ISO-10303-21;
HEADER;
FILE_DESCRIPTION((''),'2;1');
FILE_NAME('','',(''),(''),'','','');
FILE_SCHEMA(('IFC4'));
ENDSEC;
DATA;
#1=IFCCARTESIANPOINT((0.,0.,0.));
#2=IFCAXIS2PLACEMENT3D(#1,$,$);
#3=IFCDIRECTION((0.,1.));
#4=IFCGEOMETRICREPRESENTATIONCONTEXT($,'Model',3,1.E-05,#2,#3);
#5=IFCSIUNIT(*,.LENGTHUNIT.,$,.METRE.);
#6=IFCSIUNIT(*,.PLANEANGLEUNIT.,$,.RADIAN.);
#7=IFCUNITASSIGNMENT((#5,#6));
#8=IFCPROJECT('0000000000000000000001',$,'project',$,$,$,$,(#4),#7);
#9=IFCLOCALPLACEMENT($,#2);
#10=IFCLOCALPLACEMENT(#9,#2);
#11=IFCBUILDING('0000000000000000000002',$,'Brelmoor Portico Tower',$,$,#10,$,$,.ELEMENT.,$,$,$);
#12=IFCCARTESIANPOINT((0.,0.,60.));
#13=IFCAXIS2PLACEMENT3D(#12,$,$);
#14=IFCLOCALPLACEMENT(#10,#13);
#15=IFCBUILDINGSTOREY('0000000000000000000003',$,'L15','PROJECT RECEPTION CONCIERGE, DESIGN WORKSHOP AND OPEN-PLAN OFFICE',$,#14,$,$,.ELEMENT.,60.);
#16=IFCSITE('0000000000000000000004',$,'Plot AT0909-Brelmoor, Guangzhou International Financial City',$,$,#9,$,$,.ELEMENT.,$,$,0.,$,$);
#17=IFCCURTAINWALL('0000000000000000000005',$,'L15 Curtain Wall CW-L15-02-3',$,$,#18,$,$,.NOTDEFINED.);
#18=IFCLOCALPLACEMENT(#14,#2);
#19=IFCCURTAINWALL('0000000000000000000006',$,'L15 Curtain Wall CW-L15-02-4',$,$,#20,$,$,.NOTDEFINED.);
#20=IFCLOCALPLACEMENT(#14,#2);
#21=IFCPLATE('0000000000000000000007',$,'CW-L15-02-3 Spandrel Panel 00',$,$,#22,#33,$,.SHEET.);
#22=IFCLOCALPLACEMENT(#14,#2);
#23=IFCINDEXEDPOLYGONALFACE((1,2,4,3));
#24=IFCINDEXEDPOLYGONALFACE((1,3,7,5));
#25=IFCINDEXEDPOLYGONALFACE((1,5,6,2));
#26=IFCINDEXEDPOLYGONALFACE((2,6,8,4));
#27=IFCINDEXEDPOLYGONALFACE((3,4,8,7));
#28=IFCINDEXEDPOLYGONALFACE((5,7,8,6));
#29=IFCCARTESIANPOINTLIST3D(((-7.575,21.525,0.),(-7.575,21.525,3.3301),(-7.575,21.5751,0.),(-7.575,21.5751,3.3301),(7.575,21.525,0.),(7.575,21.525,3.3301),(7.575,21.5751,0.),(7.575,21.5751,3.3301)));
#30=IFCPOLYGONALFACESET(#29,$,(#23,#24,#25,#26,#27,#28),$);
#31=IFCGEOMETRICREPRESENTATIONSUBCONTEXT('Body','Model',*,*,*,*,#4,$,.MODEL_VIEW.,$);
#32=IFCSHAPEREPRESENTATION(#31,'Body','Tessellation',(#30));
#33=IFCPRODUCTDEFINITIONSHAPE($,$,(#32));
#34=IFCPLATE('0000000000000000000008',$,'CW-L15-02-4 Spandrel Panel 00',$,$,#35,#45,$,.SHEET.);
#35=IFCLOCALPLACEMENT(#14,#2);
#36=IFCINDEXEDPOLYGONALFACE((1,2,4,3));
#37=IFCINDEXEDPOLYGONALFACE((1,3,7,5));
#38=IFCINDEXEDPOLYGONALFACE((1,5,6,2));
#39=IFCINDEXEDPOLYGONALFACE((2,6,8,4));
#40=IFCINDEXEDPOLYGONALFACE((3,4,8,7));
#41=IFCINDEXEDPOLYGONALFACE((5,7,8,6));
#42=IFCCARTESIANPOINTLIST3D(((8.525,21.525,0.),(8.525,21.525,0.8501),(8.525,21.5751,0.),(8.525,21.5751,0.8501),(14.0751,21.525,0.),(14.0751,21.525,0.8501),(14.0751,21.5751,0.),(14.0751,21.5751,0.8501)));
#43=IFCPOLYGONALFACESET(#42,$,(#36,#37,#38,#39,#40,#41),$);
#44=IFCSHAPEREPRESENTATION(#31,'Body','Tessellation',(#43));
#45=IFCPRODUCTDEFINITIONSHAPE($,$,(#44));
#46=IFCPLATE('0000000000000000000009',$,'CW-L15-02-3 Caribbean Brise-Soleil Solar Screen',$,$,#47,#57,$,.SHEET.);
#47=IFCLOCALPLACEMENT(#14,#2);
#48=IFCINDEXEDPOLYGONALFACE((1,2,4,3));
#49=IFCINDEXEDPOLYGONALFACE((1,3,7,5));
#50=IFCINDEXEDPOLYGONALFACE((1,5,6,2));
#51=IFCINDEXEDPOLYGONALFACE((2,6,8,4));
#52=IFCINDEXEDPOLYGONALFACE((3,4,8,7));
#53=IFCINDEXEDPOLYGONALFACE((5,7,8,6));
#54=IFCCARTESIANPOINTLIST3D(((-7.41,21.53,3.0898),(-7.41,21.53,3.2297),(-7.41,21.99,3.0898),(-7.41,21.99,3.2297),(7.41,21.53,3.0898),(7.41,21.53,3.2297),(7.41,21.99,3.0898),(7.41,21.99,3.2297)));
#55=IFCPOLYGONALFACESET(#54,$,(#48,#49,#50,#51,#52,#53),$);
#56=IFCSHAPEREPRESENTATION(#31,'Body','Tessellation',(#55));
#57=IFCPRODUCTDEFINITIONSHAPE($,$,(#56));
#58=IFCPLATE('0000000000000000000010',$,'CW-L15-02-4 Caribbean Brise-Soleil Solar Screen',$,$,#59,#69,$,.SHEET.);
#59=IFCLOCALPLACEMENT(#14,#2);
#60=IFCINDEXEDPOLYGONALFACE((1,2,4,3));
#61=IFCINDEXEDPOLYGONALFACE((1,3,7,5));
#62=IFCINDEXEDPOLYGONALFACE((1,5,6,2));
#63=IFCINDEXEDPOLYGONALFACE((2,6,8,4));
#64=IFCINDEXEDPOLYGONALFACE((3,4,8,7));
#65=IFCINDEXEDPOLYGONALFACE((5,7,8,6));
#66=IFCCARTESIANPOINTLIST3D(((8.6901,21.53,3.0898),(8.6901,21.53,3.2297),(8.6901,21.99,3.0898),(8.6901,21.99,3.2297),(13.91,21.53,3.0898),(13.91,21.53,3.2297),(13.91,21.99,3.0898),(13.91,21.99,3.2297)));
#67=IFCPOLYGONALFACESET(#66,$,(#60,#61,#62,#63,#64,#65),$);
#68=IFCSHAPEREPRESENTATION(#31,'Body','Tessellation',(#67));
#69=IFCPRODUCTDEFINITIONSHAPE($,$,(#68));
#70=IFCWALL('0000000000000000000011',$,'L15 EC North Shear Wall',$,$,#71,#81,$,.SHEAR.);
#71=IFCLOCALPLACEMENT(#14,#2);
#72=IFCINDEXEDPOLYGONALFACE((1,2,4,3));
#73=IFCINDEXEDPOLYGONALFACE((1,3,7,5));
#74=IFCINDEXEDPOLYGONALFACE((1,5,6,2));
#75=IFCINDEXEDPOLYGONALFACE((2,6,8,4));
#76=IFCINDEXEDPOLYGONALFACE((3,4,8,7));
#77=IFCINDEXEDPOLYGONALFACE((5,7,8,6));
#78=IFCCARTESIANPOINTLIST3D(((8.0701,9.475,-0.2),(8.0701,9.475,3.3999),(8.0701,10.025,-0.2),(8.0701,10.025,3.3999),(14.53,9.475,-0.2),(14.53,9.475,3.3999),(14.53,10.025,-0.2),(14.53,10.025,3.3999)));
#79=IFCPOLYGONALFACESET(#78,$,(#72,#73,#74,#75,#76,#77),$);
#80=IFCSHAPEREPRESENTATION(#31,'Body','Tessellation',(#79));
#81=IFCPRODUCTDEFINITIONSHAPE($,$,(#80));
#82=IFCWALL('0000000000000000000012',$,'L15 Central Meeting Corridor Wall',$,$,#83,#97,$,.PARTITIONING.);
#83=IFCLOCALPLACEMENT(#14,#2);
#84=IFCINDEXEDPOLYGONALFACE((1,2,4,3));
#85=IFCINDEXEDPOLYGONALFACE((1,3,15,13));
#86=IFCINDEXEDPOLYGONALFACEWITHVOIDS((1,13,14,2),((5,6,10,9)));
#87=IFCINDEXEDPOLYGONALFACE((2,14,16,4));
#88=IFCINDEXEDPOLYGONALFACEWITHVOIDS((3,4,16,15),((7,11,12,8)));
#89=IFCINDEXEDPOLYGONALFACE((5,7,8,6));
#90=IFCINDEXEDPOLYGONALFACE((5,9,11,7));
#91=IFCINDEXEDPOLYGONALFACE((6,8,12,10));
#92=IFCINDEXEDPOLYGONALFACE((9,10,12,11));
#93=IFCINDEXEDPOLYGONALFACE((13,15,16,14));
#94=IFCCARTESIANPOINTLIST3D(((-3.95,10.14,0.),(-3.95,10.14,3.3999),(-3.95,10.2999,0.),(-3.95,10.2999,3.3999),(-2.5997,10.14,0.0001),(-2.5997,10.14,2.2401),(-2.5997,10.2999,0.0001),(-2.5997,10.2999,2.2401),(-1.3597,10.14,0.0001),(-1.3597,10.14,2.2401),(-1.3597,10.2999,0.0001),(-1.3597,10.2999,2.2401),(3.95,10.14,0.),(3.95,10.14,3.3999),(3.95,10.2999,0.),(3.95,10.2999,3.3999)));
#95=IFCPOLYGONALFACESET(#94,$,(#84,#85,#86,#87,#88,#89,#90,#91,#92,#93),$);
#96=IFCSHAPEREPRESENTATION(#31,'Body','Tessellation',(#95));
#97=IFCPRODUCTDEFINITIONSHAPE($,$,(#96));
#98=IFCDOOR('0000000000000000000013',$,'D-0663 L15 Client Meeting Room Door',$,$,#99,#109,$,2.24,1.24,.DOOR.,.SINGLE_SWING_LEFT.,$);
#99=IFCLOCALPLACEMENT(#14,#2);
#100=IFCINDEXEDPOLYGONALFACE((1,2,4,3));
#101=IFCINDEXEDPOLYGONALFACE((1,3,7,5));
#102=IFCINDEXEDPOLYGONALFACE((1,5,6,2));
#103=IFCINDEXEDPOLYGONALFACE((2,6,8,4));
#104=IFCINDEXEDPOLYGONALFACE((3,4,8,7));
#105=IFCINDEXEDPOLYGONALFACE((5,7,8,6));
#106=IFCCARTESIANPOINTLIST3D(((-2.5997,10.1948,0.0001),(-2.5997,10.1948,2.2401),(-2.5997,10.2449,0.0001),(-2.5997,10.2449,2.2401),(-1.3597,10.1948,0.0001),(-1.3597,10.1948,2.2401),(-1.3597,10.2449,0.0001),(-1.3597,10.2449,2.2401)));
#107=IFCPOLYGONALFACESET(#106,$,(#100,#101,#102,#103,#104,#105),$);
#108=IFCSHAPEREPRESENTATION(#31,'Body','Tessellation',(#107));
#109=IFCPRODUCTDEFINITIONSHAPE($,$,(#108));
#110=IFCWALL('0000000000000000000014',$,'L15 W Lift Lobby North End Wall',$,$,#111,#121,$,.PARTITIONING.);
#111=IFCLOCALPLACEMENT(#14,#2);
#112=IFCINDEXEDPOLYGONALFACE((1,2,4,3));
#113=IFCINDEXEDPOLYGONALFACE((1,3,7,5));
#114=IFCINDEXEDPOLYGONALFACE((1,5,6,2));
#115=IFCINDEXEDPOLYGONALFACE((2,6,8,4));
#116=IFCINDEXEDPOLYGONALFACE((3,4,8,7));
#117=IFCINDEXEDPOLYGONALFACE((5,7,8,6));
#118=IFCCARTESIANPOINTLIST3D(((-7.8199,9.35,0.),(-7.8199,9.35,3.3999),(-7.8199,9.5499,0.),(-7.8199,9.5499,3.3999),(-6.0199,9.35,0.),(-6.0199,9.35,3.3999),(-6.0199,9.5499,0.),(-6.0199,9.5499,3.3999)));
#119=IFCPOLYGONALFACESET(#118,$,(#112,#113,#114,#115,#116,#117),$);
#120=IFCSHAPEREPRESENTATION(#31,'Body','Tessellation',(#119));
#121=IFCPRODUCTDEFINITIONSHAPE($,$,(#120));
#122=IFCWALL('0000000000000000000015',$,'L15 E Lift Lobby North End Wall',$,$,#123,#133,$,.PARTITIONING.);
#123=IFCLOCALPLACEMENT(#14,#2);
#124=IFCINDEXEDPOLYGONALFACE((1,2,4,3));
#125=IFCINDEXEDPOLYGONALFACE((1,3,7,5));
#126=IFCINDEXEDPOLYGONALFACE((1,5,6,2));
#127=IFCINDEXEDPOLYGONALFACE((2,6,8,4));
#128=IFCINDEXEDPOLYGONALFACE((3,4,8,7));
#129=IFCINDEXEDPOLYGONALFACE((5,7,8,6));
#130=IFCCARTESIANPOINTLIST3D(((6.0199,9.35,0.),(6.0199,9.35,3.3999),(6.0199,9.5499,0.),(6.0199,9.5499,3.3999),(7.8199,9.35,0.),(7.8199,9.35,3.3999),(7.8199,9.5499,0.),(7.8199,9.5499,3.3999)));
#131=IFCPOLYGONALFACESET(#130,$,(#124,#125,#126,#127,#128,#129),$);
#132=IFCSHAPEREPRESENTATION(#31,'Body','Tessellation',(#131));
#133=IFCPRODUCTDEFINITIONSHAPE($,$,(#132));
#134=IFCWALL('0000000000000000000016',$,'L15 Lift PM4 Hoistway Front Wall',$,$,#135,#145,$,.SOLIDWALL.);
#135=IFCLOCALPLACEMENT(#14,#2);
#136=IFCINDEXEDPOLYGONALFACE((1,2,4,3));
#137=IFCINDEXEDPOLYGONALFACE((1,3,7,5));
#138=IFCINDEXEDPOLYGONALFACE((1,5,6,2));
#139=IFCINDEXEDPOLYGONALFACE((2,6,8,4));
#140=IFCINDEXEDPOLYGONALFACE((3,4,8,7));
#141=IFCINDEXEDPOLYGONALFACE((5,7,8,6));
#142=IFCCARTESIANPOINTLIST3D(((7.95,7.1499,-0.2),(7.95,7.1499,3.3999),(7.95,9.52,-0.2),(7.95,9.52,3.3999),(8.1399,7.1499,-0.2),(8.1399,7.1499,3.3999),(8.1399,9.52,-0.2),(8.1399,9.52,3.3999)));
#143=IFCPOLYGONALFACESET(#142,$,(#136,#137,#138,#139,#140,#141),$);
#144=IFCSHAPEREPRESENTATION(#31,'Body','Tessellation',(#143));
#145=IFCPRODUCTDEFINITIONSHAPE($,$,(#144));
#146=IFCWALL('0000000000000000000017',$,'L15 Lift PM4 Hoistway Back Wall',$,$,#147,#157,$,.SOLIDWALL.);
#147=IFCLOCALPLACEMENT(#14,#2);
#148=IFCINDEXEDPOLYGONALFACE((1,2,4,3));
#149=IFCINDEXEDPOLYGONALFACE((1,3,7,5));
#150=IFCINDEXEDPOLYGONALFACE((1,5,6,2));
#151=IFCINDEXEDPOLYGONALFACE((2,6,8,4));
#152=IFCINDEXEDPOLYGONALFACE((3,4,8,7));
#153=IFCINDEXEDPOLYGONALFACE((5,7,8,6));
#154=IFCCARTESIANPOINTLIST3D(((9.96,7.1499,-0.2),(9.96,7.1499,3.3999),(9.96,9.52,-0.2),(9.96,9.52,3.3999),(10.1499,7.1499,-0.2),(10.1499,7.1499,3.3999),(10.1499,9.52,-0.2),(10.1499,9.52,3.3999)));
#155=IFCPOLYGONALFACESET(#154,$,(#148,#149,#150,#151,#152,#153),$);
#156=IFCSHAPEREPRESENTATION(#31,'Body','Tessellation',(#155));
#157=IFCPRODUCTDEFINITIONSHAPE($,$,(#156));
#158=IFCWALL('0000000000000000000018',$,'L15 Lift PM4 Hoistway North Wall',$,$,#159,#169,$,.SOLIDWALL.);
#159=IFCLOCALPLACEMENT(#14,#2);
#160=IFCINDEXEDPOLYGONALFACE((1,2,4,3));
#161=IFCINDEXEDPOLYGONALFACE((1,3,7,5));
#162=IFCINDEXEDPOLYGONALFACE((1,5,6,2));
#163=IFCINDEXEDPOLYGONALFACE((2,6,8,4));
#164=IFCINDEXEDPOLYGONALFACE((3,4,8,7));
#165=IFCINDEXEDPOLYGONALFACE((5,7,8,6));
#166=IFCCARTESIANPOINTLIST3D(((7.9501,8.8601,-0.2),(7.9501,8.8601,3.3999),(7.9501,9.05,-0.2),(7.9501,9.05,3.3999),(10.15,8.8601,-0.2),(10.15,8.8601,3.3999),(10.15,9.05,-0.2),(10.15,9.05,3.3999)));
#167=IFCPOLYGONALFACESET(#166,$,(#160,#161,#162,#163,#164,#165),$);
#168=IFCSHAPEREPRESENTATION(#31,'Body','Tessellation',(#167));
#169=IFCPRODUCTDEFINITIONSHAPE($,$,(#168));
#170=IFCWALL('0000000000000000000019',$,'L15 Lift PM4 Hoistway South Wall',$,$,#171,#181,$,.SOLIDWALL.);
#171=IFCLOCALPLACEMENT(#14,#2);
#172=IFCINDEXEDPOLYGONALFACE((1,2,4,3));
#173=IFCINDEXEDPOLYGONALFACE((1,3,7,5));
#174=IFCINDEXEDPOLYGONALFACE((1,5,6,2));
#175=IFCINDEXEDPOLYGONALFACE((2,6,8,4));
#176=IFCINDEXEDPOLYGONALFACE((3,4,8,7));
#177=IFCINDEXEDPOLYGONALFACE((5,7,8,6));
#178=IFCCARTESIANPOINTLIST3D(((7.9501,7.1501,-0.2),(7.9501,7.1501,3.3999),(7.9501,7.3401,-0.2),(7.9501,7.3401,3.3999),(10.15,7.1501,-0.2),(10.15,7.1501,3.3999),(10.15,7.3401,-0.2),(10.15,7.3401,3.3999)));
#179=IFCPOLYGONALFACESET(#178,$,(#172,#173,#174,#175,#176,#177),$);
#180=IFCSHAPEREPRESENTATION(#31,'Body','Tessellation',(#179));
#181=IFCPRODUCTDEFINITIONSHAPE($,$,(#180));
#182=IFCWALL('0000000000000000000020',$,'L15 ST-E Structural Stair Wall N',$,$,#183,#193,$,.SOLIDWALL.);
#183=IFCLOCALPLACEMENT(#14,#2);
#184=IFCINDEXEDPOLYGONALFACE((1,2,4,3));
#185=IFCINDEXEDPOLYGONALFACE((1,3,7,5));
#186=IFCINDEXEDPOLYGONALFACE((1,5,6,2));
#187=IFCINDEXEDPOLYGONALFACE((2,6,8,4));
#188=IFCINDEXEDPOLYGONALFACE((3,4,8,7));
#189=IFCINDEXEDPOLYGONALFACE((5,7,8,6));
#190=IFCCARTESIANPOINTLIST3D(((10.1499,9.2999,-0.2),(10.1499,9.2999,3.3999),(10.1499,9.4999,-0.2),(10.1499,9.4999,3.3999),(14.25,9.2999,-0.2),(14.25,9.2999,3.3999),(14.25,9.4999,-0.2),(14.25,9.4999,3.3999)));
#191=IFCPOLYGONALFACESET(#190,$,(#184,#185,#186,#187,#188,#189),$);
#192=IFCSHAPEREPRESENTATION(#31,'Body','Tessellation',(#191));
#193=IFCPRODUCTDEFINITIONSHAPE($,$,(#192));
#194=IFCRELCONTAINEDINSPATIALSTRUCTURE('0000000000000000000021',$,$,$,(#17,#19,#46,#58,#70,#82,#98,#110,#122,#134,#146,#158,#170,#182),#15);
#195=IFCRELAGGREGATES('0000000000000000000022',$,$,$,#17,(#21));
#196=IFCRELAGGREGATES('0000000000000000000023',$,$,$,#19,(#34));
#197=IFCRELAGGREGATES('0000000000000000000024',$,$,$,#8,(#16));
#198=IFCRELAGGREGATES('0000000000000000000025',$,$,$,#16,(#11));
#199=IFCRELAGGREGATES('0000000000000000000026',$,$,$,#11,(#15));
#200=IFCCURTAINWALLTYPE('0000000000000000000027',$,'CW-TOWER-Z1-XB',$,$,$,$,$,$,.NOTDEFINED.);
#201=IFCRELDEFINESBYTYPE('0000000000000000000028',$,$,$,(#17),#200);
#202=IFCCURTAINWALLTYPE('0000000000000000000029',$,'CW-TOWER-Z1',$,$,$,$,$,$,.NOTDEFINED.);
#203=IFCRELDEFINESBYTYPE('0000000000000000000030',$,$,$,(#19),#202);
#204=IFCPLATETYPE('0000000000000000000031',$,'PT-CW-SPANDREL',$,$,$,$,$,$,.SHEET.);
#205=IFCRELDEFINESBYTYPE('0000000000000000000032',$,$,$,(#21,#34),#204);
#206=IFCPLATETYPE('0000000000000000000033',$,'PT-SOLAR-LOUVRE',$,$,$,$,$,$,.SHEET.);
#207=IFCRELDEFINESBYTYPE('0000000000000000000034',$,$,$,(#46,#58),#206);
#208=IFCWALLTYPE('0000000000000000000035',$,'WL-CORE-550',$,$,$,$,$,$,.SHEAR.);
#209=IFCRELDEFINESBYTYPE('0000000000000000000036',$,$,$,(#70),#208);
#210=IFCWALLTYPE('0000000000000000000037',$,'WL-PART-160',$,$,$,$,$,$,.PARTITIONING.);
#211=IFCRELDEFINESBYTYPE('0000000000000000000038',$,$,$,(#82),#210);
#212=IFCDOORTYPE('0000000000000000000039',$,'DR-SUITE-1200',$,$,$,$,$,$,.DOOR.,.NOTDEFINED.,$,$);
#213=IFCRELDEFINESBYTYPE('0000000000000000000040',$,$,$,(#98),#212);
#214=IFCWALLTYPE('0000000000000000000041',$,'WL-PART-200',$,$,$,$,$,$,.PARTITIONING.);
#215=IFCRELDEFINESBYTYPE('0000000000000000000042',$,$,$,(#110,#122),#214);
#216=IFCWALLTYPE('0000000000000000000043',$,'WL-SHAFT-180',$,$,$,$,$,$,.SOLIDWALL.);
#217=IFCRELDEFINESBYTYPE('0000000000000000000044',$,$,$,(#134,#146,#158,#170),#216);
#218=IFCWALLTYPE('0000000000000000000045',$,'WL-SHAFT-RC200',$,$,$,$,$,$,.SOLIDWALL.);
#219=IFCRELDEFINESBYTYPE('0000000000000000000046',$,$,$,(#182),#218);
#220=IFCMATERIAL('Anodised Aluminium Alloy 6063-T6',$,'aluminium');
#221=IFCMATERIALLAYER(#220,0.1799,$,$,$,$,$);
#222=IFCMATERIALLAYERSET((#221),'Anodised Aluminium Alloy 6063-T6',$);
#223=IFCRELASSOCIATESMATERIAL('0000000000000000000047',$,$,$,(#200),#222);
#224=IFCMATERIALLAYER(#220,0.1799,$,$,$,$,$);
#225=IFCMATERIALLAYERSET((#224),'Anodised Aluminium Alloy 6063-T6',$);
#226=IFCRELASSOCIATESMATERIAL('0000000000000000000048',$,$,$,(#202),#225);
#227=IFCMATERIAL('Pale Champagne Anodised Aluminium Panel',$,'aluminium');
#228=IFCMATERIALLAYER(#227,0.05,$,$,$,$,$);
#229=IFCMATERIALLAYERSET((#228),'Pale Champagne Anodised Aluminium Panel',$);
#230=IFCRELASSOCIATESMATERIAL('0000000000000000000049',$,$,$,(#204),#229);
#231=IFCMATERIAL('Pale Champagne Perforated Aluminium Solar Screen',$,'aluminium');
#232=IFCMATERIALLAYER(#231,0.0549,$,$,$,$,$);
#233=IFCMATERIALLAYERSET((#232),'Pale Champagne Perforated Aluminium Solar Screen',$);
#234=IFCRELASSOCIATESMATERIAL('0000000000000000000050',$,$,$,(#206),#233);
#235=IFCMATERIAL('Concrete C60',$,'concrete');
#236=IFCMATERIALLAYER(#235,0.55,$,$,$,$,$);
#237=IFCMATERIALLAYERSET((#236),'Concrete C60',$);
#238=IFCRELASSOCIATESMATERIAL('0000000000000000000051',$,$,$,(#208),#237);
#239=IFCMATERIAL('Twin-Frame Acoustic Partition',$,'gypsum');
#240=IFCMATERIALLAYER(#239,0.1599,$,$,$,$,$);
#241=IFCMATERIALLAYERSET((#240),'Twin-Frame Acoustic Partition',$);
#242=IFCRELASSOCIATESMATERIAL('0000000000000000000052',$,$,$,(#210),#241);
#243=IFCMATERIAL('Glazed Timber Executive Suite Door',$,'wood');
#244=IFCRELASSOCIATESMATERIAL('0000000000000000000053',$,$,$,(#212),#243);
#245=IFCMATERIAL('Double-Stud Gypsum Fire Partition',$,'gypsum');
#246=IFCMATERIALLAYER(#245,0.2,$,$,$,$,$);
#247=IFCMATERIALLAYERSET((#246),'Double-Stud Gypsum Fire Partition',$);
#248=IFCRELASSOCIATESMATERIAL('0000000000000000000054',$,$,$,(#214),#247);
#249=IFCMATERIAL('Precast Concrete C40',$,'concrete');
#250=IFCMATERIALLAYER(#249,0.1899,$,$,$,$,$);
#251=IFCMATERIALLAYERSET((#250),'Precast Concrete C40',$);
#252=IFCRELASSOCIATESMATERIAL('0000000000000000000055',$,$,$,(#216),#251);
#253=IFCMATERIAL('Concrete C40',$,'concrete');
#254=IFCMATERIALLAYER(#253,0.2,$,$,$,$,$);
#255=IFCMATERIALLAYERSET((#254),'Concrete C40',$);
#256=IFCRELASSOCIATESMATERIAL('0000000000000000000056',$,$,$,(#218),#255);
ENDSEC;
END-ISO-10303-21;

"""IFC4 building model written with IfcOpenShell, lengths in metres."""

from ifc_helpers import new_model, si_unit, direction, frame, frame_2d, origin, origin_2d, place, context, subcontext, project, spatial, rectangle, extrude, material, layer, layer_set, type_object, element, fill, aggregate, save


model = new_model("IFC4")

# Units and contexts
model_context = context("Model", 3, precision=1e-05, world=origin(), true_north=direction((0.0, 1.0)))
body_context = subcontext(model_context, "Body", "Model", "MODEL_VIEW")
ifc_project = project(units=[si_unit("LENGTHUNIT", "METRE"), si_unit("PLANEANGLEUNIT", "RADIAN")], contexts=[model_context])

# Site, building, storey
site_placement = place(None, origin())
site = spatial("IfcSite", under=ifc_project, at=site_placement, Name="Plot AT0909-Brelmoor, Guangzhou International Financial City", CompositionType="ELEMENT", RefElevation=0.0)
building_placement = place(site_placement, origin())
building = spatial("IfcBuilding", under=site, at=building_placement, Name="Brelmoor Portico Tower", CompositionType="ELEMENT")
storey_placement = place(building_placement, frame((0.0, 0.0, 60.0)))
storey = spatial("IfcBuildingStorey", under=building, at=storey_placement, Name="L15", Description="PROJECT RECEPTION CONCIERGE, DESIGN WORKSHOP AND OPEN-PLAN OFFICE", CompositionType="ELEMENT", Elevation=60.0)

# Curtain wall
ifc_material_1 = material(Name="Anodised Aluminium Alloy 6063-T6", Category="aluminium")
ifc_layer_1 = layer(ifc_material_1, 0.1799)
ifc_layer_set_1 = layer_set([ifc_layer_1], Name="Anodised Aluminium Alloy 6063-T6")
curtain_wall_type_1 = type_object("IfcCurtainWallType", Name="CW-TOWER-Z1-XB", PredefinedType="NOTDEFINED", material=ifc_layer_set_1)
curtain_wall_1_placement = place(storey_placement, origin())
curtain_wall_1 = element("IfcCurtainWall", 1, at=curtain_wall_1_placement, inside=storey, type_object=curtain_wall_type_1, Name="L15 Curtain Wall CW-L15-02-3", PredefinedType="NOTDEFINED")

# Curtain wall
ifc_layer_2 = layer(ifc_material_1, 0.1799)
ifc_layer_set_2 = layer_set([ifc_layer_2], Name="Anodised Aluminium Alloy 6063-T6")
curtain_wall_type_2 = type_object("IfcCurtainWallType", Name="CW-TOWER-Z1", PredefinedType="NOTDEFINED", material=ifc_layer_set_2)
curtain_wall_2_placement = place(storey_placement, origin())
curtain_wall_2 = element("IfcCurtainWall", 2, at=curtain_wall_2_placement, inside=storey, type_object=curtain_wall_type_2, Name="L15 Curtain Wall CW-L15-02-4", PredefinedType="NOTDEFINED")

# Plates
ifc_material_2 = material(Name="Pale Champagne Anodised Aluminium Panel", Category="aluminium")
ifc_layer_3 = layer(ifc_material_2, 0.05)
ifc_layer_set_3 = layer_set([ifc_layer_3], Name="Pale Champagne Anodised Aluminium Panel")
plate_type_1 = type_object("IfcPlateType", Name="PT-CW-SPANDREL", PredefinedType="SHEET", material=ifc_layer_set_3)
plate_1_placement = place(storey_placement, frame((0.0, 21.55, 0.0), z_axis=(0.0, 0.0, 1.0), x_axis=(1.0, 0.0, 0.0)))
plate_1 = element("IfcPlate", 3, at=plate_1_placement, type_object=plate_type_1, Name="CW-L15-02-3 Spandrel Panel 00", PredefinedType="SHEET", context=body_context, shape_type="SweptSolid", body=[
    extrude(rectangle(XDim=15.1499, YDim=0.05, at=origin_2d()), origin(), (0.0, 0.0, 1.0), 3.3301),
])
aggregate(curtain_wall_1, [plate_1])
plate_2_placement = place(storey_placement, frame((11.3, 21.55, 0.0), z_axis=(0.0, 0.0, 1.0), x_axis=(1.0, 0.0, 0.0)))
plate_2 = element("IfcPlate", 4, at=plate_2_placement, type_object=plate_type_1, Name="CW-L15-02-4 Spandrel Panel 00", PredefinedType="SHEET", context=body_context, shape_type="SweptSolid", body=[
    extrude(rectangle(XDim=5.55, YDim=0.05, at=origin_2d()), origin(), (0.0, 0.0, 1.0), 0.8501),
])
aggregate(curtain_wall_2, [plate_2])

# Plates
ifc_material_3 = material(Name="Pale Champagne Perforated Aluminium Solar Screen", Category="aluminium")
ifc_layer_4 = layer(ifc_material_3, 0.0549)
ifc_layer_set_4 = layer_set([ifc_layer_4], Name="Pale Champagne Perforated Aluminium Solar Screen")
plate_type_2 = type_object("IfcPlateType", Name="PT-SOLAR-LOUVRE", PredefinedType="SHEET", material=ifc_layer_set_4)
plate_3_placement = place(storey_placement, frame((0.0, 21.76, 3.0898), z_axis=(0.0, 0.0, 1.0), x_axis=(1.0, 0.0, 0.0)))
element("IfcPlate", 5, at=plate_3_placement, inside=storey, type_object=plate_type_2, Name="CW-L15-02-3 Caribbean Brise-Soleil Solar Screen", PredefinedType="SHEET", context=body_context, shape_type="SweptSolid", body=[
    extrude(rectangle(XDim=14.8201, YDim=0.46, at=origin_2d()), origin(), (0.0, 0.0, 1.0), 0.1399),
])
plate_4_placement = place(storey_placement, frame((11.3, 21.76, 3.0898), z_axis=(0.0, 0.0, 1.0), x_axis=(1.0, 0.0, 0.0)))
element("IfcPlate", 6, at=plate_4_placement, inside=storey, type_object=plate_type_2, Name="CW-L15-02-4 Caribbean Brise-Soleil Solar Screen", PredefinedType="SHEET", context=body_context, shape_type="SweptSolid", body=[
    extrude(rectangle(XDim=5.22, YDim=0.46, at=origin_2d()), origin(), (0.0, 0.0, 1.0), 0.1399),
])

# Wall
ifc_material_4 = material(Name="Concrete C60", Category="concrete")
ifc_layer_5 = layer(ifc_material_4, 0.55)
ifc_layer_set_5 = layer_set([ifc_layer_5], Name="Concrete C60")
wall_type_1 = type_object("IfcWallType", Name="WL-CORE-550", PredefinedType="SHEAR", material=ifc_layer_set_5)
wall_1_placement = place(storey_placement, frame((8.0701, 9.75, -0.2), z_axis=(0.0, 0.0, 1.0), x_axis=(1.0, 0.0, 0.0)))
element("IfcWall", 7, at=wall_1_placement, inside=storey, type_object=wall_type_1, Name="L15 EC North Shear Wall", PredefinedType="SHEAR", context=body_context, shape_type="SweptSolid", body=[
    extrude(rectangle(XDim=6.46, YDim=0.55, at=frame_2d((3.23, 0.0))), origin(), (0.0, 0.0, 1.0), 3.5999),
])

# Wall, opening, door
ifc_material_5 = material(Name="Twin-Frame Acoustic Partition", Category="gypsum")
ifc_layer_6 = layer(ifc_material_5, 0.1599)
ifc_layer_set_6 = layer_set([ifc_layer_6], Name="Twin-Frame Acoustic Partition")
wall_type_2 = type_object("IfcWallType", Name="WL-PART-160", PredefinedType="PARTITIONING", material=ifc_layer_set_6)
wall_2_placement = place(storey_placement, frame((-3.95, 10.22, 0.0), z_axis=(0.0, 0.0, 1.0), x_axis=(1.0, 0.0, 0.0)))
wall_2 = element("IfcWall", 8, at=wall_2_placement, inside=storey, type_object=wall_type_2, Name="L15 Central Meeting Corridor Wall", PredefinedType="PARTITIONING", context=body_context, shape_type="SweptSolid", body=[
    extrude(rectangle(XDim=7.8999, YDim=0.1599, at=frame_2d((3.95, 0.0))), origin(), (0.0, 0.0, 1.0), 3.3999),
])
opening_placement = place(wall_2_placement, frame((1.3501, 0.0, 0.0)))
opening = element("IfcOpeningElement", 9, at=opening_placement, cuts=wall_2, PredefinedType="OPENING", context=body_context, shape_type="SweptSolid", body=[
    extrude(rectangle(XDim=1.24, YDim=2.24, at=frame_2d((0.6201, 1.1201))), frame((0.0, 0.0898, 0.0), z_axis=(0.0, -1.0, 0.0), x_axis=(1.0, 0.0, 0.0)), (0.0, 0.0, 1.0), 0.1799),
])
ifc_material_6 = material(Name="Glazed Timber Executive Suite Door", Category="wood")
door_type = type_object("IfcDoorType", Name="DR-SUITE-1200", OperationType="NOTDEFINED", PredefinedType="DOOR", material=ifc_material_6)
door_placement = place(opening_placement, origin())
door = element("IfcDoor", 10, at=door_placement, inside=storey, type_object=door_type, Name="D-0663 L15 Client Meeting Room Door", OperationType="SINGLE_SWING_LEFT", OverallHeight=2.24, OverallWidth=1.24, PredefinedType="DOOR", context=body_context, shape_type="SweptSolid", body=[
    extrude(rectangle(XDim=1.24, YDim=2.24, at=frame_2d((0.6201, 1.1201))), frame((0.0, 0.0249, 0.0), z_axis=(0.0, -1.0, 0.0), x_axis=(1.0, 0.0, 0.0)), (0.0, 0.0, 1.0), 0.05),
])
fill(opening, door)

# Walls
ifc_material_7 = material(Name="Double-Stud Gypsum Fire Partition", Category="gypsum")
ifc_layer_7 = layer(ifc_material_7, 0.2)
ifc_layer_set_7 = layer_set([ifc_layer_7], Name="Double-Stud Gypsum Fire Partition")
wall_type_3 = type_object("IfcWallType", Name="WL-PART-200", PredefinedType="PARTITIONING", material=ifc_layer_set_7)
for number, where, z_axis, x_axis, name in (
    (11, (-6.02, 9.45, 0.0), (0.0, 0.0, 1.0), (-1.0, 0.0, 0.0), "L15 W Lift Lobby North End Wall"),
    (12, (6.02, 9.45, 0.0), (0.0, 0.0, 1.0), (1.0, 0.0, 0.0), "L15 E Lift Lobby North End Wall"),
):
    element("IfcWall", number, at=place(storey_placement, frame(where, z_axis=z_axis, x_axis=x_axis)), inside=storey, type_object=wall_type_3, Name=name, PredefinedType="PARTITIONING", context=body_context, shape_type="SweptSolid", body=[
        extrude(rectangle(XDim=1.8, YDim=0.2, at=frame_2d((0.8999, 0.0))), origin(), (0.0, 0.0, 1.0), 3.3999),
    ])
ifc_material_8 = material(Name="Precast Concrete C40", Category="concrete")
ifc_layer_8 = layer(ifc_material_8, 0.1899)
ifc_layer_set_8 = layer_set([ifc_layer_8], Name="Precast Concrete C40")
wall_type_4 = type_object("IfcWallType", Name="WL-SHAFT-180", PredefinedType="SOLIDWALL", material=ifc_layer_set_8)
for number, where, z_axis, x_axis, name in (
    (13, (8.0449, 7.1499, -0.2), (0.0, 0.0, 1.0), (0.0, 1.0, 0.0), "L15 Lift PM4 Hoistway Front Wall"),
    (14, (10.0549, 7.1499, -0.2), (0.0, 0.0, 1.0), (0.0, 1.0, 0.0), "L15 Lift PM4 Hoistway Back Wall"),
):
    element("IfcWall", number, at=place(storey_placement, frame(where, z_axis=z_axis, x_axis=x_axis)), inside=storey, type_object=wall_type_4, Name=name, PredefinedType="SOLIDWALL", context=body_context, shape_type="SweptSolid", body=[
        extrude(rectangle(XDim=2.3701, YDim=0.1899, at=frame_2d((1.1851, 0.0))), origin(), (0.0, 0.0, 1.0), 3.5999),
    ])
for number, where, z_axis, x_axis, name in (
    (15, (7.95, 8.9551, -0.2), (0.0, 0.0, 1.0), (1.0, 0.0, 0.0), "L15 Lift PM4 Hoistway North Wall"),
    (16, (7.95, 7.2451, -0.2), (0.0, 0.0, 1.0), (1.0, 0.0, 0.0), "L15 Lift PM4 Hoistway South Wall"),
):
    element("IfcWall", number, at=place(storey_placement, frame(where, z_axis=z_axis, x_axis=x_axis)), inside=storey, type_object=wall_type_4, Name=name, PredefinedType="SOLIDWALL", context=body_context, shape_type="SweptSolid", body=[
        extrude(rectangle(XDim=2.2, YDim=0.1899, at=frame_2d((1.1001, 0.0))), origin(), (0.0, 0.0, 1.0), 3.5999),
    ])
ifc_material_9 = material(Name="Concrete C40", Category="concrete")
ifc_layer_9 = layer(ifc_material_9, 0.2)
ifc_layer_set_9 = layer_set([ifc_layer_9], Name="Concrete C40")
wall_type_5 = type_object("IfcWallType", Name="WL-SHAFT-RC200", PredefinedType="SOLIDWALL", material=ifc_layer_set_9)
wall_3_placement = place(storey_placement, frame((10.1499, 9.3999, -0.2), z_axis=(0.0, 0.0, 1.0), x_axis=(1.0, 0.0, 0.0)))
element("IfcWall", 17, at=wall_3_placement, inside=storey, type_object=wall_type_5, Name="L15 ST-E Structural Stair Wall N", PredefinedType="SOLIDWALL", context=body_context, shape_type="SweptSolid", body=[
    extrude(rectangle(XDim=4.1001, YDim=0.2, at=frame_2d((2.05, 0.0))), origin(), (0.0, 0.0, 1.0), 3.5999),
])

save(model, "model.ifc")
